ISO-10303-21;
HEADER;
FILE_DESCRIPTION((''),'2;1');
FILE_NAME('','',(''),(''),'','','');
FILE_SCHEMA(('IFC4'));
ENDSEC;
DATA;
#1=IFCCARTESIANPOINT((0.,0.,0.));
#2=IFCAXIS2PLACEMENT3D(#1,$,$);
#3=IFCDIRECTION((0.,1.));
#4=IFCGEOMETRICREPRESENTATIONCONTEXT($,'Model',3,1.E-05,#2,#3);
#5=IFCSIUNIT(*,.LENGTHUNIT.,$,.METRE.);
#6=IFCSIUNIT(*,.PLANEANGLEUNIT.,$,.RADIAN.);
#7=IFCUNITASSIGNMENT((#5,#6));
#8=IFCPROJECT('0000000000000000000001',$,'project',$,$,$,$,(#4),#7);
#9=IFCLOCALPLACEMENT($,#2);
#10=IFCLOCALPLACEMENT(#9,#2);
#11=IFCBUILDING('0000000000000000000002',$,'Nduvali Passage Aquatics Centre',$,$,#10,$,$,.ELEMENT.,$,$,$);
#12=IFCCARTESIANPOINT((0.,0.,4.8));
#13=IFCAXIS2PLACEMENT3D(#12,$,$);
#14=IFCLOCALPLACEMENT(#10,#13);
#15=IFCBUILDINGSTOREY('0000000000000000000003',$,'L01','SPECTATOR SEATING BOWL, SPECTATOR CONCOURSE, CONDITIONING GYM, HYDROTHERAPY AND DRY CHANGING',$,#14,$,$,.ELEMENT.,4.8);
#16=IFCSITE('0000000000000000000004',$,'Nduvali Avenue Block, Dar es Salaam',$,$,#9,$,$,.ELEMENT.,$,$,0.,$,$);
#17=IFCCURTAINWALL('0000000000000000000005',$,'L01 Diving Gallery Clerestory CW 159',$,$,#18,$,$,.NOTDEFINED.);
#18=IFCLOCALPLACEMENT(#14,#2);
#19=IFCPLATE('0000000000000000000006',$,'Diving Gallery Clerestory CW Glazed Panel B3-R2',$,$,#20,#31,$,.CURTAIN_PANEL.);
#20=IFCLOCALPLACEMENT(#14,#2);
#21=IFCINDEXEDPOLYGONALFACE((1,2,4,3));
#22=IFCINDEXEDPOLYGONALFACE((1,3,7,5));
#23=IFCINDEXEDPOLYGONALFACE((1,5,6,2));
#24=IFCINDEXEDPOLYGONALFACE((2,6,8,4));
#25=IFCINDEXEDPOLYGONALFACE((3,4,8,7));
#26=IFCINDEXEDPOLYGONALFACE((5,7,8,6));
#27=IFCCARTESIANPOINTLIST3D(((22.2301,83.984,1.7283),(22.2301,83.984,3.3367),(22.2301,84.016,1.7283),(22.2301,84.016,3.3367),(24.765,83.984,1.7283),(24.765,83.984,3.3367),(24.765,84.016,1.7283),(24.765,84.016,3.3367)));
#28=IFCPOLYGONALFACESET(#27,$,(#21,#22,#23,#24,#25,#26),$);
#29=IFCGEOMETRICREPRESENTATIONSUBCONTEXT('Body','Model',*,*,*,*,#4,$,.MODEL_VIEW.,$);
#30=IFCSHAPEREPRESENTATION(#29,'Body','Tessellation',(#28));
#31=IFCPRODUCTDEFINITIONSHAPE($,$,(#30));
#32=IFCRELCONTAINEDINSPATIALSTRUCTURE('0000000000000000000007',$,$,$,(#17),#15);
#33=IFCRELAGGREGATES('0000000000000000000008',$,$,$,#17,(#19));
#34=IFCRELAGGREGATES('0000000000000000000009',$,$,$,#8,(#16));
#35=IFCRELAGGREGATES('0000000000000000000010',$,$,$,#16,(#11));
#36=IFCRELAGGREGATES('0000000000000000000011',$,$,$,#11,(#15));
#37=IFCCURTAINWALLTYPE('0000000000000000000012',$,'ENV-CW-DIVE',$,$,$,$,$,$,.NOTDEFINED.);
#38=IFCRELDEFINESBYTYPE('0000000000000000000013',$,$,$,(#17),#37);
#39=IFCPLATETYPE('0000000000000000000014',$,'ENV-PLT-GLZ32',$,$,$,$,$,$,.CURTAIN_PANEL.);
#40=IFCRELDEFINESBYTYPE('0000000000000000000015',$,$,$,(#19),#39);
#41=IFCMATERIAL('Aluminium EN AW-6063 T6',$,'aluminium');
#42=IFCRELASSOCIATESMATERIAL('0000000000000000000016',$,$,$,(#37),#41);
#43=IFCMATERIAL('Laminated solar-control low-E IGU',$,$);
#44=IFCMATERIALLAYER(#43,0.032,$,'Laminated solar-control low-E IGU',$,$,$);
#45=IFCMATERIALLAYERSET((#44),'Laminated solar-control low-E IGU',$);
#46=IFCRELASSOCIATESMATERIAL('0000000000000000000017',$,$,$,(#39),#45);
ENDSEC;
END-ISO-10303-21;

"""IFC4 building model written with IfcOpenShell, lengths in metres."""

from ifc_helpers import new_model, si_unit, direction, frame, origin, origin_2d, place, context, subcontext, project, spatial, rectangle, extrude, material, layer, layer_set, type_object, element, aggregate, save


model = new_model("IFC4")

# Units and contexts
model_context = context("Model", 3, precision=1e-05, world=origin(), true_north=direction((0.0, 1.0)))
body_context = subcontext(model_context, "Body", "Model", "MODEL_VIEW")
ifc_project = project(units=[si_unit("LENGTHUNIT", "METRE"), si_unit("PLANEANGLEUNIT", "RADIAN")], contexts=[model_context])

# Site, building, storey
site_placement = place(None, origin())
site = spatial("IfcSite", under=ifc_project, at=site_placement, Name="Nduvali Avenue Block, Dar es Salaam", CompositionType="ELEMENT", RefElevation=0.0)
building_placement = place(site_placement, origin())
building = spatial("IfcBuilding", under=site, at=building_placement, Name="Nduvali Passage Aquatics Centre", CompositionType="ELEMENT")
storey_placement = place(building_placement, frame((0.0, 0.0, 4.8)))
storey = spatial("IfcBuildingStorey", under=building, at=storey_placement, Name="L01", Description="SPECTATOR SEATING BOWL, SPECTATOR CONCOURSE, CONDITIONING GYM, HYDROTHERAPY AND DRY CHANGING", CompositionType="ELEMENT", Elevation=4.8)

# Curtain wall
ifc_material_1 = material(Name="Aluminium EN AW-6063 T6", Category="aluminium")
curtain_wall_type = type_object("IfcCurtainWallType", Name="ENV-CW-DIVE", PredefinedType="NOTDEFINED", material=ifc_material_1)
curtain_wall_1_placement = place(storey_placement, origin())
curtain_wall_1 = element("IfcCurtainWall", 1, at=curtain_wall_1_placement, inside=storey, type_object=curtain_wall_type, Name="L01 Diving Gallery Clerestory CW 159", PredefinedType="NOTDEFINED")

# Plate
ifc_material_2 = material(Name="Laminated solar-control low-E IGU")
ifc_layer = layer(ifc_material_2, 0.032, Name="Laminated solar-control low-E IGU")
ifc_layer_set = layer_set([ifc_layer], Name="Laminated solar-control low-E IGU")
plate_type = type_object("IfcPlateType", Name="ENV-PLT-GLZ32", PredefinedType="CURTAIN_PANEL", material=ifc_layer_set)
plate_1_placement = place(storey_placement, frame((23.4976, 84.0, 1.7283), z_axis=(0.0, 0.0, 1.0), x_axis=(1.0, 0.0, 0.0)))
plate_1 = element("IfcPlate", 2, at=plate_1_placement, type_object=plate_type, Name="Diving Gallery Clerestory CW Glazed Panel B3-R2", PredefinedType="CURTAIN_PANEL", context=body_context, shape_type="SweptSolid", body=[
    extrude(rectangle(XDim=2.5349, YDim=0.032, at=origin_2d()), origin(), (0.0, 0.0, 1.0), 1.6084),
])
aggregate(curtain_wall_1, [plate_1])

save(model, "model.ifc")
